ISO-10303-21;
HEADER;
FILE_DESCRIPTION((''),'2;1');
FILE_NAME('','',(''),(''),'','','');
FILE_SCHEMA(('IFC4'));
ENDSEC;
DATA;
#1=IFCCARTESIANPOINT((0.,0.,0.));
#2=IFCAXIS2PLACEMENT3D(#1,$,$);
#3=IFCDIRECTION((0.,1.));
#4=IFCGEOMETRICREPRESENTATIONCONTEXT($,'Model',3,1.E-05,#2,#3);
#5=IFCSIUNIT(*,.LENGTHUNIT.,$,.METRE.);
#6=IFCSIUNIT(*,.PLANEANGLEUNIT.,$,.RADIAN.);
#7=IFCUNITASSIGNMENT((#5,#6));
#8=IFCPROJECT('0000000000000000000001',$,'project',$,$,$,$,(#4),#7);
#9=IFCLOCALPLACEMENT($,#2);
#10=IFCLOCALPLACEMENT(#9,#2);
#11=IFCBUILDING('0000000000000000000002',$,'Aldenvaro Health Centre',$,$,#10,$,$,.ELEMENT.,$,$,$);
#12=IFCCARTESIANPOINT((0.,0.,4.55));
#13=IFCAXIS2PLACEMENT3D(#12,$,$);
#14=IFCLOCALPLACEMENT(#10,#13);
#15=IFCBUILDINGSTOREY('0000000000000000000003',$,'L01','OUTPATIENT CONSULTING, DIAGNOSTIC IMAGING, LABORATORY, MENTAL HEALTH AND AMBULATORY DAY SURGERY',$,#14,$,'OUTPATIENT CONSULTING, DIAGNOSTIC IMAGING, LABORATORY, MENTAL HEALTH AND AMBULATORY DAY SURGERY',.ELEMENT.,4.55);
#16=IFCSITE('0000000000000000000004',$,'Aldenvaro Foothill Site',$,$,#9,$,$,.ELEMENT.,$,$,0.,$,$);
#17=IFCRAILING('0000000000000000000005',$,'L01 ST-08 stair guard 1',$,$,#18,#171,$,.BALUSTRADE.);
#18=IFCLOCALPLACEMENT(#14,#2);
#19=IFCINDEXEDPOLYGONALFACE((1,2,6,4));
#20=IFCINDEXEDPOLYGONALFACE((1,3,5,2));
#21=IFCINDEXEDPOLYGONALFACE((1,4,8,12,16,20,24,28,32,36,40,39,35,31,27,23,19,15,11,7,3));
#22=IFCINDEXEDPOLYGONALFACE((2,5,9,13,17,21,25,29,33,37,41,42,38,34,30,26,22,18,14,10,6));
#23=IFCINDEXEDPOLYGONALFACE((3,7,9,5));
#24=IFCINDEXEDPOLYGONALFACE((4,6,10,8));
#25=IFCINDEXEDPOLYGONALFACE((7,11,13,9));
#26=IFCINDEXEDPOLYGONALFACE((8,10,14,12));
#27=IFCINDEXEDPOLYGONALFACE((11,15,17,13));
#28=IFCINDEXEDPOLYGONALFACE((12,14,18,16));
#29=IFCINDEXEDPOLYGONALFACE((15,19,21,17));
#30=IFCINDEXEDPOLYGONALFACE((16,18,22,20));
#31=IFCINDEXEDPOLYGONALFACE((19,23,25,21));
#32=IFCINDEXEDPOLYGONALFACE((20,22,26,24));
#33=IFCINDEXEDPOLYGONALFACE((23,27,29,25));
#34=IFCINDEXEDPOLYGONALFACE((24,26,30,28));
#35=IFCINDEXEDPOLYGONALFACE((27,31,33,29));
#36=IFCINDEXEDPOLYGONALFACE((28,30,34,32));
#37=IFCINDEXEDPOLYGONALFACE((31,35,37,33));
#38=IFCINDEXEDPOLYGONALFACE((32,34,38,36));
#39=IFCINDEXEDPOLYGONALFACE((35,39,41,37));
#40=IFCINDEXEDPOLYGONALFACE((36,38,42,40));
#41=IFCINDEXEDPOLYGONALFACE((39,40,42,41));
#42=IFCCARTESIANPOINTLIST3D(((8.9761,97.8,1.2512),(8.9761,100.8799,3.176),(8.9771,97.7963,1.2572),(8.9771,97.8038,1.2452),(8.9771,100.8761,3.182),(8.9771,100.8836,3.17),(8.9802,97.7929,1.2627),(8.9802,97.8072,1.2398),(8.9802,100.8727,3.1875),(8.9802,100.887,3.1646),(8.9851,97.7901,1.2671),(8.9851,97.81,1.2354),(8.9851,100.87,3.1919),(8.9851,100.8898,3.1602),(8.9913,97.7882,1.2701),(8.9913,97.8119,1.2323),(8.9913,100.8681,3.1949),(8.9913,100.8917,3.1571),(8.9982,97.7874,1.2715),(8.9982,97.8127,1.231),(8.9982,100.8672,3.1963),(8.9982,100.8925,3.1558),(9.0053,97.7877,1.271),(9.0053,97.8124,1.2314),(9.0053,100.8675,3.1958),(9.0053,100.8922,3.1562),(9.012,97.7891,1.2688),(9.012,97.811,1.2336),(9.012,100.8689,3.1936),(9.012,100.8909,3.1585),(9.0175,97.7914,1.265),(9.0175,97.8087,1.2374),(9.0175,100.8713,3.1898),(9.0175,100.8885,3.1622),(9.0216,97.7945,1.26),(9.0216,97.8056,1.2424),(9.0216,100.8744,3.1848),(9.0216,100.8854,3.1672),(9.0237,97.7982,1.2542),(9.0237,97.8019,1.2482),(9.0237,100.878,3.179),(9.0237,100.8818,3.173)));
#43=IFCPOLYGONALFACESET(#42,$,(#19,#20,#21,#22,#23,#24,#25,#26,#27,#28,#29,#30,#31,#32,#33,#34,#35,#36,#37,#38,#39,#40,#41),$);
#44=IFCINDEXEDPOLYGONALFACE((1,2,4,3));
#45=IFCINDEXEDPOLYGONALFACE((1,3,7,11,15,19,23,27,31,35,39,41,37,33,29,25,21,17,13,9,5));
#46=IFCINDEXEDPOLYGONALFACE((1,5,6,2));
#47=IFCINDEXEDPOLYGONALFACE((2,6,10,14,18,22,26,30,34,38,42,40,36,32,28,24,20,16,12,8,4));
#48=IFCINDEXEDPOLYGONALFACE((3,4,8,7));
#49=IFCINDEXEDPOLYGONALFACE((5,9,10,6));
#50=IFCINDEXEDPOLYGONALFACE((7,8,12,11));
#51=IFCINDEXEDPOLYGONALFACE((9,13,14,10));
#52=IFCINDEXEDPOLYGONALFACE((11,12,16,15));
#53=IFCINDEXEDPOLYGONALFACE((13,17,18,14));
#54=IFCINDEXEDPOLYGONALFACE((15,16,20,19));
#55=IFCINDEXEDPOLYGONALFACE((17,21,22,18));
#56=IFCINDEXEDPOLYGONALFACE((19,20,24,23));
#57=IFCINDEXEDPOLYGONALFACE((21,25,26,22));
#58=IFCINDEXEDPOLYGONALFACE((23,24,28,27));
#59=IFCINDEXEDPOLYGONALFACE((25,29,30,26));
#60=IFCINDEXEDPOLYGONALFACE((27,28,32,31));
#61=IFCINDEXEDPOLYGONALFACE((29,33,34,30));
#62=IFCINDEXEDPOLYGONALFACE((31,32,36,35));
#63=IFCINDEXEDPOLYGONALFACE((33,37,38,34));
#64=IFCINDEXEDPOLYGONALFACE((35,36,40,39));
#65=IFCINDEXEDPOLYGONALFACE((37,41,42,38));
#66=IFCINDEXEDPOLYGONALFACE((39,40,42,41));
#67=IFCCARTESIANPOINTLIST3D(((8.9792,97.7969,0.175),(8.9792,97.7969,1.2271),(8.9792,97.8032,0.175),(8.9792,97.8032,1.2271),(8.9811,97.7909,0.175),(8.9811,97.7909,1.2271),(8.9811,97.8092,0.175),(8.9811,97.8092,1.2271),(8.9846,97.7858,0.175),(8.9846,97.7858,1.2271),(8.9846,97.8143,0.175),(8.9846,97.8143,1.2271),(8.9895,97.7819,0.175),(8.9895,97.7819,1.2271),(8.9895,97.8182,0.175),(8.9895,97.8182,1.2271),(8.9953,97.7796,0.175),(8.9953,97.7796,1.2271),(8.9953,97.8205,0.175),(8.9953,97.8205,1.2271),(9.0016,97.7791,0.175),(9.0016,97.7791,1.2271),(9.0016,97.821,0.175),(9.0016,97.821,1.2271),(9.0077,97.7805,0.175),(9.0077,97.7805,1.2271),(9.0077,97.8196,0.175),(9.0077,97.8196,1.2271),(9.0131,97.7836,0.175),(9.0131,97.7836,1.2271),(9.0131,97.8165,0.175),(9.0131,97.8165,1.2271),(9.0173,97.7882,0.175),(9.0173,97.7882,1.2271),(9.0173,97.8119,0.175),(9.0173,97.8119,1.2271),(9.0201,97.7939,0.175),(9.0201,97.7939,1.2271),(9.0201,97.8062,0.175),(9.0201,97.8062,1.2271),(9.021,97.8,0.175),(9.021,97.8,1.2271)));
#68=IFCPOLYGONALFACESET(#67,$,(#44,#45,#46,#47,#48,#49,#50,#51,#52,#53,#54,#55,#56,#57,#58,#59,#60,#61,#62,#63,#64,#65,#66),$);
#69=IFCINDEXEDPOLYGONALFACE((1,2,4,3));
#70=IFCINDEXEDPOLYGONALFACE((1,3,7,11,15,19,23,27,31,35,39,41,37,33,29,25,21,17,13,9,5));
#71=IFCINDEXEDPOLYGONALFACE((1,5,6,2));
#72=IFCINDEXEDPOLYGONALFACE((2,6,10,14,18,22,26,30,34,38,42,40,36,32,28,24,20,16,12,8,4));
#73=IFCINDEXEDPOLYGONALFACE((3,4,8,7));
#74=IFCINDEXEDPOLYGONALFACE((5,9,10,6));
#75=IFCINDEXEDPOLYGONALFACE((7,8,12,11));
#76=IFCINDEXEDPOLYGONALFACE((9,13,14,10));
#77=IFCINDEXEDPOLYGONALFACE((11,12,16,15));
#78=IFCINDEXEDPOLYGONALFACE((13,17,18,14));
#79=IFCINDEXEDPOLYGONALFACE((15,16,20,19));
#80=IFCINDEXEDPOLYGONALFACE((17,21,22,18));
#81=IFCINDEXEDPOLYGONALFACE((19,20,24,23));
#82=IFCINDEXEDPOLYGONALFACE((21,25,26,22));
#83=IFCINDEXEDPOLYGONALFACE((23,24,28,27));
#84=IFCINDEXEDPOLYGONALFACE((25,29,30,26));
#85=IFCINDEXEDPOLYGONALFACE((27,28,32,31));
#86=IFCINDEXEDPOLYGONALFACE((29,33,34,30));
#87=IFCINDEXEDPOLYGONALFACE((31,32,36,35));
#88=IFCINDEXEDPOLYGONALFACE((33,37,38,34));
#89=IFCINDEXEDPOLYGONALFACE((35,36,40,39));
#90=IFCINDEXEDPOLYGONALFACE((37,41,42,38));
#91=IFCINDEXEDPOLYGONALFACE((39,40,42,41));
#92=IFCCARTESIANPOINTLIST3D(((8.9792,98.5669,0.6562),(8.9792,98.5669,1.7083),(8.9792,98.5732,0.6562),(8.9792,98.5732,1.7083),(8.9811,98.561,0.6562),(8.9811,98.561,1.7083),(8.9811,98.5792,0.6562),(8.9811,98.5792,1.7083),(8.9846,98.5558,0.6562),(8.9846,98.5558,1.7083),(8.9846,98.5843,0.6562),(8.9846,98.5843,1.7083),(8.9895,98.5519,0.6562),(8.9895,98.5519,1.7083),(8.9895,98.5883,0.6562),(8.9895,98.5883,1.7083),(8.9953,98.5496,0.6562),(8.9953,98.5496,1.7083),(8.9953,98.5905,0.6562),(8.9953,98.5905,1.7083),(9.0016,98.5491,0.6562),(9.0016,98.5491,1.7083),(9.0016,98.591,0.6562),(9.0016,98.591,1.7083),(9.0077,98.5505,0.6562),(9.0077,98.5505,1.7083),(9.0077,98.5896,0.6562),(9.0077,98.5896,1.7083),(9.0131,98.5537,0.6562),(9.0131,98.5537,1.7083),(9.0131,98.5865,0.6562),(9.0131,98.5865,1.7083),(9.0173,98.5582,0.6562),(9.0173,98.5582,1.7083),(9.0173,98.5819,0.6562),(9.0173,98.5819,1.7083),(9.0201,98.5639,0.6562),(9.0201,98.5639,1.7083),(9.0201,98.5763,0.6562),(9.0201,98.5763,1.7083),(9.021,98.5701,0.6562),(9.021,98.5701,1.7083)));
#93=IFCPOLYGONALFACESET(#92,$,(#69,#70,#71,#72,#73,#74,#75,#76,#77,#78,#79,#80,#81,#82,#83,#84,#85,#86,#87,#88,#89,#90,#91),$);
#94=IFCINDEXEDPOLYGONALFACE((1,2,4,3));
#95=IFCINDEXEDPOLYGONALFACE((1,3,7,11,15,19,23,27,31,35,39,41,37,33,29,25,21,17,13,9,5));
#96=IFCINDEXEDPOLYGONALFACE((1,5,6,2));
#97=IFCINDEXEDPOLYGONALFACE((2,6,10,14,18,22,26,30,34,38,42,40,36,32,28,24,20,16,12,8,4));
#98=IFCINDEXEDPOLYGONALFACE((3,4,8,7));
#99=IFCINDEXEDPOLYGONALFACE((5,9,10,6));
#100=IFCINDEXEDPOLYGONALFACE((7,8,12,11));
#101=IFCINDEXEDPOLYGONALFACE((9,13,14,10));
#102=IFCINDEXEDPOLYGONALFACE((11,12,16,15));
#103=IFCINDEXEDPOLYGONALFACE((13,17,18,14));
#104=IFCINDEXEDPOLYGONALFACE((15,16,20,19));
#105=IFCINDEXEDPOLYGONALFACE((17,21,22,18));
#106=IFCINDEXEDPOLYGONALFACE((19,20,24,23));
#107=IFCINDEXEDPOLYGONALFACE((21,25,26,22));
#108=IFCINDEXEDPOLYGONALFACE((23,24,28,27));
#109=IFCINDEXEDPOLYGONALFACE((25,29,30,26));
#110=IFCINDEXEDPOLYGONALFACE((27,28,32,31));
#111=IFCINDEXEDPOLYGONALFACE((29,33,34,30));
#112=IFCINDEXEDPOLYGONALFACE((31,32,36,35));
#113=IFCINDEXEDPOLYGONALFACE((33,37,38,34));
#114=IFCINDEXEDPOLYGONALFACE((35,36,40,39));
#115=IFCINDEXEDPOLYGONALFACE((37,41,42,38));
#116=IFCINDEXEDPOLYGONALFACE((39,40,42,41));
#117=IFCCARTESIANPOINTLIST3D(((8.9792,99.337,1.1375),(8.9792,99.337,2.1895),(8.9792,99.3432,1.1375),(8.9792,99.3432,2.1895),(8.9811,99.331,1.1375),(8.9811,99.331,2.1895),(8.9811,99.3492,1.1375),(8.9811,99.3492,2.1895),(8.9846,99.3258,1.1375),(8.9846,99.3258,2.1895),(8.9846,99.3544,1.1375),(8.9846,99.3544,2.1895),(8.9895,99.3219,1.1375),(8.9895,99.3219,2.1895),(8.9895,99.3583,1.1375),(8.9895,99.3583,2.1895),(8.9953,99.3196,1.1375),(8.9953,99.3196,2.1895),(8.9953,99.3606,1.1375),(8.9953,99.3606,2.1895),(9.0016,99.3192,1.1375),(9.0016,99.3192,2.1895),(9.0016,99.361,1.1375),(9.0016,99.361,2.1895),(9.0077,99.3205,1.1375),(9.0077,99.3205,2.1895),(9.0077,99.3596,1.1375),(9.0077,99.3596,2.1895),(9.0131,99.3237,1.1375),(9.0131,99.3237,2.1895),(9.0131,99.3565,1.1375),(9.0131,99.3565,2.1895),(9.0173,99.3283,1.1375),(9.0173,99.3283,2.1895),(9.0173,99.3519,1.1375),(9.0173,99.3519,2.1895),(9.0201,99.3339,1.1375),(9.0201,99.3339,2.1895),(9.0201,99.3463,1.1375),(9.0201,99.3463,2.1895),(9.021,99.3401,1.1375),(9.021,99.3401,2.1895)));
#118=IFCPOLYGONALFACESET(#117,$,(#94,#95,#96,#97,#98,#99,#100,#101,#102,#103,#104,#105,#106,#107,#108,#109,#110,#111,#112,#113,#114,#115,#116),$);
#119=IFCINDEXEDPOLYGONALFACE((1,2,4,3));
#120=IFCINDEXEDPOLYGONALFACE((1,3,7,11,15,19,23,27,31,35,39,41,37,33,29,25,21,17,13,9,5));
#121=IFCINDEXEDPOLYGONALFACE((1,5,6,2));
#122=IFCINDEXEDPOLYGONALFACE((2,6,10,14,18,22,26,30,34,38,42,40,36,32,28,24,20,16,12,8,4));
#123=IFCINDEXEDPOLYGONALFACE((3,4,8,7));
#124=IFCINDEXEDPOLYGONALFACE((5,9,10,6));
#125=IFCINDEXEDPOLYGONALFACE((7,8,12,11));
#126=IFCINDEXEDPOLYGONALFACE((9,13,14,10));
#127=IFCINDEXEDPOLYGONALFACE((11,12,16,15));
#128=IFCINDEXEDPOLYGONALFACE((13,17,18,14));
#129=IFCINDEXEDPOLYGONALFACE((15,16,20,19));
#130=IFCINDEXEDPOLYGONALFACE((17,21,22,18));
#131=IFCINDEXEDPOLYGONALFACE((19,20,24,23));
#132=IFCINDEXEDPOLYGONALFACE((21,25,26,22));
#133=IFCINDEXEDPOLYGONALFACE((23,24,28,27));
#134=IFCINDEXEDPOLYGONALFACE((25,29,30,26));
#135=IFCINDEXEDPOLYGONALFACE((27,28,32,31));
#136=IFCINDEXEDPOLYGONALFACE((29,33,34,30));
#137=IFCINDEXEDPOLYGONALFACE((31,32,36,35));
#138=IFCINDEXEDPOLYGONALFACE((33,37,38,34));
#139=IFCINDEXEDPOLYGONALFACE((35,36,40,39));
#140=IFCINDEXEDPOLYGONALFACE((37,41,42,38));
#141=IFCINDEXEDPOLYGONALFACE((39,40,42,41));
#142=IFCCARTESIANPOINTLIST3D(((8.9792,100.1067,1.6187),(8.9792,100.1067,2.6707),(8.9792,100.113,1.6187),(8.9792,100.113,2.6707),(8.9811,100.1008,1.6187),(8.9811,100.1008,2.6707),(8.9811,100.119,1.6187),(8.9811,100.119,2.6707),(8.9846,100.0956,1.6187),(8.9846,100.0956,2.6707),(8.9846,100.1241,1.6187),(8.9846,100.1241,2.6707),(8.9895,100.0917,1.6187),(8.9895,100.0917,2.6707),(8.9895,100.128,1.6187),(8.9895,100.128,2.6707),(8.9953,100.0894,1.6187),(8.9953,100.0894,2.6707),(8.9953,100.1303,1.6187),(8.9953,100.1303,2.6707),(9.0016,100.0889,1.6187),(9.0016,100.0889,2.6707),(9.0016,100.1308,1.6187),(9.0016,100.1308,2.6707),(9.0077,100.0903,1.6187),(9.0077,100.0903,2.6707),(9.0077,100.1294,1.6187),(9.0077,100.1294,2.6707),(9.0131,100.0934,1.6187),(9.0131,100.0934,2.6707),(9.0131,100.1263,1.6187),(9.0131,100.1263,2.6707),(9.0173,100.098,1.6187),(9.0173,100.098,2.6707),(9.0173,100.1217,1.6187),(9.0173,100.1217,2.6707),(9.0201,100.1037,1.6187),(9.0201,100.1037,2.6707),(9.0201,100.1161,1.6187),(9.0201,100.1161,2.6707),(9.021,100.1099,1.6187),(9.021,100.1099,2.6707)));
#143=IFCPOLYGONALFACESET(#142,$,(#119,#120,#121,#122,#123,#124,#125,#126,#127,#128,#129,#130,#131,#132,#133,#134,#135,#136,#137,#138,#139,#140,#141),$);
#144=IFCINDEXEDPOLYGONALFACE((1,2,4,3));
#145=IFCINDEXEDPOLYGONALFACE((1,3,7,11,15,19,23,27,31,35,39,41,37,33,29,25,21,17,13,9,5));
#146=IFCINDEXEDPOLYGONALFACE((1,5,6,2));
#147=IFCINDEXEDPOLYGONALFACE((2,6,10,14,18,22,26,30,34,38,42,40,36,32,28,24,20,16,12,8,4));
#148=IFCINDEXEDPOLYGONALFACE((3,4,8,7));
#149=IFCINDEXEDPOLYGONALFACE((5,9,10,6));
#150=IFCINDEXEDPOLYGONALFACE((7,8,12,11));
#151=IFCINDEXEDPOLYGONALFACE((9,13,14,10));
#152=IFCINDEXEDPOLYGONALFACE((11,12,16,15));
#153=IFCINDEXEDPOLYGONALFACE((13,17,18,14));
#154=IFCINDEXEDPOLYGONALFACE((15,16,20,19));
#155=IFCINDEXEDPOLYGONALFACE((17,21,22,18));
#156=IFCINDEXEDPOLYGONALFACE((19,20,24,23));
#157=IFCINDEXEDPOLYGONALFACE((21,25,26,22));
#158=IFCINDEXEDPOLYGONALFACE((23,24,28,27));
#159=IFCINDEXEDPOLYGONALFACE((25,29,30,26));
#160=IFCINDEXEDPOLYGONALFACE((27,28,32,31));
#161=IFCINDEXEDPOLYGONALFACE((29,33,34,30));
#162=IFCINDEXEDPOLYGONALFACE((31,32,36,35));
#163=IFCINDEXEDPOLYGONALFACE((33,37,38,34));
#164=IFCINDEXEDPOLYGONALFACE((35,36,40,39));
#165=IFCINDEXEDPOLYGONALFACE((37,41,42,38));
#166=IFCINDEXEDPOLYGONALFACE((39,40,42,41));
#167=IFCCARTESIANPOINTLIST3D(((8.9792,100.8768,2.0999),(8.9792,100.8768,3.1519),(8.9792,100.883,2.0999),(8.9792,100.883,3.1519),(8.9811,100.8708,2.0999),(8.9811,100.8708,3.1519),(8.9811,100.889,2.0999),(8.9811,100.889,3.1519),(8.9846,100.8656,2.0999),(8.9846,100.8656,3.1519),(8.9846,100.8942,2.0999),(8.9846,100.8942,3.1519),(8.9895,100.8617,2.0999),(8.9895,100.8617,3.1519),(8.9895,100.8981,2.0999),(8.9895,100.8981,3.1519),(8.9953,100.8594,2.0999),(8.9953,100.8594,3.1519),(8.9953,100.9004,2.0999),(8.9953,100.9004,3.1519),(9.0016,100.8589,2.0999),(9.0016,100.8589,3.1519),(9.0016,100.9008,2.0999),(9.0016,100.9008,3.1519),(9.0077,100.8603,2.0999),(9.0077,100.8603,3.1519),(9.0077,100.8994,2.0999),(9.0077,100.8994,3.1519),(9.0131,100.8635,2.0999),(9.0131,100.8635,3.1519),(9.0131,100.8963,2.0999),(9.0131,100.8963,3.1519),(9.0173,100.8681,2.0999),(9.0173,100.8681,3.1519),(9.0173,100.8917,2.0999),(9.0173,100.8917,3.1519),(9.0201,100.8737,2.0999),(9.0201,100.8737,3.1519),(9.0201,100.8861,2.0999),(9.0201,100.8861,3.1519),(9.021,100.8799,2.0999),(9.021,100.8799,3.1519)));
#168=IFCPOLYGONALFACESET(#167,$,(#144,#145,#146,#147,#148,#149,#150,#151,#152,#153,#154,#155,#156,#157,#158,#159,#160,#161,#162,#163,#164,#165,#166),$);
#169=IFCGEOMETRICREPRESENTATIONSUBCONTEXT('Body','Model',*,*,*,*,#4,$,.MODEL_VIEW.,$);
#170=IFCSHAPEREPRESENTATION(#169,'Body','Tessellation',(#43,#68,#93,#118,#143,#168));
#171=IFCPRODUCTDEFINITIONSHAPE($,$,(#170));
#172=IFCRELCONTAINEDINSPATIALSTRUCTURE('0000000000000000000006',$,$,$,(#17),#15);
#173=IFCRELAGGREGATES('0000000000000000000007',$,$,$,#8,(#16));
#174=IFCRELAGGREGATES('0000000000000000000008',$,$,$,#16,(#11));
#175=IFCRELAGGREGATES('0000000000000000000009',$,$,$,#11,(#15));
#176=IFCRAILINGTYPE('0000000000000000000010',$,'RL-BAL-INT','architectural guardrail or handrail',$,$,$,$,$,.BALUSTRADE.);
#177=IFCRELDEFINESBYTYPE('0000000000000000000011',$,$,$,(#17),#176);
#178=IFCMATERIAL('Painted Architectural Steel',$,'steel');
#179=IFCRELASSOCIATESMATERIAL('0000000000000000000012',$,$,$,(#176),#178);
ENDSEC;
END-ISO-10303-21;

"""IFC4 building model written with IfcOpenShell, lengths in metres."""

from ifc_helpers import new_model, si_unit, direction, frame, origin, origin_2d, place, context, subcontext, project, spatial, circle, extrude, material, type_object, element, save


model = new_model("IFC4")

# Units and contexts
model_context = context("Model", 3, precision=1e-05, world=origin(), true_north=direction((0.0, 1.0)))
body_context = subcontext(model_context, "Body", "Model", "MODEL_VIEW")
ifc_project = project(units=[si_unit("LENGTHUNIT", "METRE"), si_unit("PLANEANGLEUNIT", "RADIAN")], contexts=[model_context])

# Site, building, storey
site_placement = place(None, origin())
site = spatial("IfcSite", under=ifc_project, at=site_placement, Name="Aldenvaro Foothill Site", CompositionType="ELEMENT", RefElevation=0.0)
building_placement = place(site_placement, origin())
building = spatial("IfcBuilding", under=site, at=building_placement, Name="Aldenvaro Health Centre", CompositionType="ELEMENT")
storey_placement = place(building_placement, frame((0.0, 0.0, 4.55)))
storey = spatial("IfcBuildingStorey", under=building, at=storey_placement, Name="L01", Description="OUTPATIENT CONSULTING, DIAGNOSTIC IMAGING, LABORATORY, MENTAL HEALTH AND AMBULATORY DAY SURGERY", LongName="OUTPATIENT CONSULTING, DIAGNOSTIC IMAGING, LABORATORY, MENTAL HEALTH AND AMBULATORY DAY SURGERY", CompositionType="ELEMENT", Elevation=4.55)

# Railing
ifc_material_1 = material(Name="Painted Architectural Steel", Category="steel")
railing_type_1 = type_object("IfcRailingType", Name="RL-BAL-INT", Description="architectural guardrail or handrail", PredefinedType="BALUSTRADE", material=ifc_material_1)
railing_1_placement = place(storey_placement, frame((9.0, 97.8, 0.175)))
element("IfcRailing", 1, at=railing_1_placement, inside=storey, type_object=railing_type_1, Name="L01 ST-08 stair guard 1", PredefinedType="BALUSTRADE", context=body_context, shape_type="SweptSolid", body=[
    extrude(circle(Radius=0.0239, at=origin_2d()), frame((0.0, 0.0, 1.0762), z_axis=(0.0, 0.84801, 0.529981), x_axis=(-1.0, 0.0, 0.0)), (0.0, 0.0, 1.0), 3.6318),
    extrude(circle(Radius=0.021, at=origin_2d()), origin(), (0.0, 0.0, 1.0), 1.052),
    extrude(circle(Radius=0.021, at=origin_2d()), frame((0.0, 0.77, 0.4812)), (0.0, 0.0, 1.0), 1.052),
    extrude(circle(Radius=0.021, at=origin_2d()), frame((0.0, 1.54, 0.9624)), (0.0, 0.0, 1.0), 1.052),
    extrude(circle(Radius=0.021, at=origin_2d()), frame((0.0, 2.3098, 1.4436)), (0.0, 0.0, 1.0), 1.052),
    extrude(circle(Radius=0.021, at=origin_2d()), frame((0.0, 3.0798, 1.9248)), (0.0, 0.0, 1.0), 1.052),
])

save(model, "model.ifc")
